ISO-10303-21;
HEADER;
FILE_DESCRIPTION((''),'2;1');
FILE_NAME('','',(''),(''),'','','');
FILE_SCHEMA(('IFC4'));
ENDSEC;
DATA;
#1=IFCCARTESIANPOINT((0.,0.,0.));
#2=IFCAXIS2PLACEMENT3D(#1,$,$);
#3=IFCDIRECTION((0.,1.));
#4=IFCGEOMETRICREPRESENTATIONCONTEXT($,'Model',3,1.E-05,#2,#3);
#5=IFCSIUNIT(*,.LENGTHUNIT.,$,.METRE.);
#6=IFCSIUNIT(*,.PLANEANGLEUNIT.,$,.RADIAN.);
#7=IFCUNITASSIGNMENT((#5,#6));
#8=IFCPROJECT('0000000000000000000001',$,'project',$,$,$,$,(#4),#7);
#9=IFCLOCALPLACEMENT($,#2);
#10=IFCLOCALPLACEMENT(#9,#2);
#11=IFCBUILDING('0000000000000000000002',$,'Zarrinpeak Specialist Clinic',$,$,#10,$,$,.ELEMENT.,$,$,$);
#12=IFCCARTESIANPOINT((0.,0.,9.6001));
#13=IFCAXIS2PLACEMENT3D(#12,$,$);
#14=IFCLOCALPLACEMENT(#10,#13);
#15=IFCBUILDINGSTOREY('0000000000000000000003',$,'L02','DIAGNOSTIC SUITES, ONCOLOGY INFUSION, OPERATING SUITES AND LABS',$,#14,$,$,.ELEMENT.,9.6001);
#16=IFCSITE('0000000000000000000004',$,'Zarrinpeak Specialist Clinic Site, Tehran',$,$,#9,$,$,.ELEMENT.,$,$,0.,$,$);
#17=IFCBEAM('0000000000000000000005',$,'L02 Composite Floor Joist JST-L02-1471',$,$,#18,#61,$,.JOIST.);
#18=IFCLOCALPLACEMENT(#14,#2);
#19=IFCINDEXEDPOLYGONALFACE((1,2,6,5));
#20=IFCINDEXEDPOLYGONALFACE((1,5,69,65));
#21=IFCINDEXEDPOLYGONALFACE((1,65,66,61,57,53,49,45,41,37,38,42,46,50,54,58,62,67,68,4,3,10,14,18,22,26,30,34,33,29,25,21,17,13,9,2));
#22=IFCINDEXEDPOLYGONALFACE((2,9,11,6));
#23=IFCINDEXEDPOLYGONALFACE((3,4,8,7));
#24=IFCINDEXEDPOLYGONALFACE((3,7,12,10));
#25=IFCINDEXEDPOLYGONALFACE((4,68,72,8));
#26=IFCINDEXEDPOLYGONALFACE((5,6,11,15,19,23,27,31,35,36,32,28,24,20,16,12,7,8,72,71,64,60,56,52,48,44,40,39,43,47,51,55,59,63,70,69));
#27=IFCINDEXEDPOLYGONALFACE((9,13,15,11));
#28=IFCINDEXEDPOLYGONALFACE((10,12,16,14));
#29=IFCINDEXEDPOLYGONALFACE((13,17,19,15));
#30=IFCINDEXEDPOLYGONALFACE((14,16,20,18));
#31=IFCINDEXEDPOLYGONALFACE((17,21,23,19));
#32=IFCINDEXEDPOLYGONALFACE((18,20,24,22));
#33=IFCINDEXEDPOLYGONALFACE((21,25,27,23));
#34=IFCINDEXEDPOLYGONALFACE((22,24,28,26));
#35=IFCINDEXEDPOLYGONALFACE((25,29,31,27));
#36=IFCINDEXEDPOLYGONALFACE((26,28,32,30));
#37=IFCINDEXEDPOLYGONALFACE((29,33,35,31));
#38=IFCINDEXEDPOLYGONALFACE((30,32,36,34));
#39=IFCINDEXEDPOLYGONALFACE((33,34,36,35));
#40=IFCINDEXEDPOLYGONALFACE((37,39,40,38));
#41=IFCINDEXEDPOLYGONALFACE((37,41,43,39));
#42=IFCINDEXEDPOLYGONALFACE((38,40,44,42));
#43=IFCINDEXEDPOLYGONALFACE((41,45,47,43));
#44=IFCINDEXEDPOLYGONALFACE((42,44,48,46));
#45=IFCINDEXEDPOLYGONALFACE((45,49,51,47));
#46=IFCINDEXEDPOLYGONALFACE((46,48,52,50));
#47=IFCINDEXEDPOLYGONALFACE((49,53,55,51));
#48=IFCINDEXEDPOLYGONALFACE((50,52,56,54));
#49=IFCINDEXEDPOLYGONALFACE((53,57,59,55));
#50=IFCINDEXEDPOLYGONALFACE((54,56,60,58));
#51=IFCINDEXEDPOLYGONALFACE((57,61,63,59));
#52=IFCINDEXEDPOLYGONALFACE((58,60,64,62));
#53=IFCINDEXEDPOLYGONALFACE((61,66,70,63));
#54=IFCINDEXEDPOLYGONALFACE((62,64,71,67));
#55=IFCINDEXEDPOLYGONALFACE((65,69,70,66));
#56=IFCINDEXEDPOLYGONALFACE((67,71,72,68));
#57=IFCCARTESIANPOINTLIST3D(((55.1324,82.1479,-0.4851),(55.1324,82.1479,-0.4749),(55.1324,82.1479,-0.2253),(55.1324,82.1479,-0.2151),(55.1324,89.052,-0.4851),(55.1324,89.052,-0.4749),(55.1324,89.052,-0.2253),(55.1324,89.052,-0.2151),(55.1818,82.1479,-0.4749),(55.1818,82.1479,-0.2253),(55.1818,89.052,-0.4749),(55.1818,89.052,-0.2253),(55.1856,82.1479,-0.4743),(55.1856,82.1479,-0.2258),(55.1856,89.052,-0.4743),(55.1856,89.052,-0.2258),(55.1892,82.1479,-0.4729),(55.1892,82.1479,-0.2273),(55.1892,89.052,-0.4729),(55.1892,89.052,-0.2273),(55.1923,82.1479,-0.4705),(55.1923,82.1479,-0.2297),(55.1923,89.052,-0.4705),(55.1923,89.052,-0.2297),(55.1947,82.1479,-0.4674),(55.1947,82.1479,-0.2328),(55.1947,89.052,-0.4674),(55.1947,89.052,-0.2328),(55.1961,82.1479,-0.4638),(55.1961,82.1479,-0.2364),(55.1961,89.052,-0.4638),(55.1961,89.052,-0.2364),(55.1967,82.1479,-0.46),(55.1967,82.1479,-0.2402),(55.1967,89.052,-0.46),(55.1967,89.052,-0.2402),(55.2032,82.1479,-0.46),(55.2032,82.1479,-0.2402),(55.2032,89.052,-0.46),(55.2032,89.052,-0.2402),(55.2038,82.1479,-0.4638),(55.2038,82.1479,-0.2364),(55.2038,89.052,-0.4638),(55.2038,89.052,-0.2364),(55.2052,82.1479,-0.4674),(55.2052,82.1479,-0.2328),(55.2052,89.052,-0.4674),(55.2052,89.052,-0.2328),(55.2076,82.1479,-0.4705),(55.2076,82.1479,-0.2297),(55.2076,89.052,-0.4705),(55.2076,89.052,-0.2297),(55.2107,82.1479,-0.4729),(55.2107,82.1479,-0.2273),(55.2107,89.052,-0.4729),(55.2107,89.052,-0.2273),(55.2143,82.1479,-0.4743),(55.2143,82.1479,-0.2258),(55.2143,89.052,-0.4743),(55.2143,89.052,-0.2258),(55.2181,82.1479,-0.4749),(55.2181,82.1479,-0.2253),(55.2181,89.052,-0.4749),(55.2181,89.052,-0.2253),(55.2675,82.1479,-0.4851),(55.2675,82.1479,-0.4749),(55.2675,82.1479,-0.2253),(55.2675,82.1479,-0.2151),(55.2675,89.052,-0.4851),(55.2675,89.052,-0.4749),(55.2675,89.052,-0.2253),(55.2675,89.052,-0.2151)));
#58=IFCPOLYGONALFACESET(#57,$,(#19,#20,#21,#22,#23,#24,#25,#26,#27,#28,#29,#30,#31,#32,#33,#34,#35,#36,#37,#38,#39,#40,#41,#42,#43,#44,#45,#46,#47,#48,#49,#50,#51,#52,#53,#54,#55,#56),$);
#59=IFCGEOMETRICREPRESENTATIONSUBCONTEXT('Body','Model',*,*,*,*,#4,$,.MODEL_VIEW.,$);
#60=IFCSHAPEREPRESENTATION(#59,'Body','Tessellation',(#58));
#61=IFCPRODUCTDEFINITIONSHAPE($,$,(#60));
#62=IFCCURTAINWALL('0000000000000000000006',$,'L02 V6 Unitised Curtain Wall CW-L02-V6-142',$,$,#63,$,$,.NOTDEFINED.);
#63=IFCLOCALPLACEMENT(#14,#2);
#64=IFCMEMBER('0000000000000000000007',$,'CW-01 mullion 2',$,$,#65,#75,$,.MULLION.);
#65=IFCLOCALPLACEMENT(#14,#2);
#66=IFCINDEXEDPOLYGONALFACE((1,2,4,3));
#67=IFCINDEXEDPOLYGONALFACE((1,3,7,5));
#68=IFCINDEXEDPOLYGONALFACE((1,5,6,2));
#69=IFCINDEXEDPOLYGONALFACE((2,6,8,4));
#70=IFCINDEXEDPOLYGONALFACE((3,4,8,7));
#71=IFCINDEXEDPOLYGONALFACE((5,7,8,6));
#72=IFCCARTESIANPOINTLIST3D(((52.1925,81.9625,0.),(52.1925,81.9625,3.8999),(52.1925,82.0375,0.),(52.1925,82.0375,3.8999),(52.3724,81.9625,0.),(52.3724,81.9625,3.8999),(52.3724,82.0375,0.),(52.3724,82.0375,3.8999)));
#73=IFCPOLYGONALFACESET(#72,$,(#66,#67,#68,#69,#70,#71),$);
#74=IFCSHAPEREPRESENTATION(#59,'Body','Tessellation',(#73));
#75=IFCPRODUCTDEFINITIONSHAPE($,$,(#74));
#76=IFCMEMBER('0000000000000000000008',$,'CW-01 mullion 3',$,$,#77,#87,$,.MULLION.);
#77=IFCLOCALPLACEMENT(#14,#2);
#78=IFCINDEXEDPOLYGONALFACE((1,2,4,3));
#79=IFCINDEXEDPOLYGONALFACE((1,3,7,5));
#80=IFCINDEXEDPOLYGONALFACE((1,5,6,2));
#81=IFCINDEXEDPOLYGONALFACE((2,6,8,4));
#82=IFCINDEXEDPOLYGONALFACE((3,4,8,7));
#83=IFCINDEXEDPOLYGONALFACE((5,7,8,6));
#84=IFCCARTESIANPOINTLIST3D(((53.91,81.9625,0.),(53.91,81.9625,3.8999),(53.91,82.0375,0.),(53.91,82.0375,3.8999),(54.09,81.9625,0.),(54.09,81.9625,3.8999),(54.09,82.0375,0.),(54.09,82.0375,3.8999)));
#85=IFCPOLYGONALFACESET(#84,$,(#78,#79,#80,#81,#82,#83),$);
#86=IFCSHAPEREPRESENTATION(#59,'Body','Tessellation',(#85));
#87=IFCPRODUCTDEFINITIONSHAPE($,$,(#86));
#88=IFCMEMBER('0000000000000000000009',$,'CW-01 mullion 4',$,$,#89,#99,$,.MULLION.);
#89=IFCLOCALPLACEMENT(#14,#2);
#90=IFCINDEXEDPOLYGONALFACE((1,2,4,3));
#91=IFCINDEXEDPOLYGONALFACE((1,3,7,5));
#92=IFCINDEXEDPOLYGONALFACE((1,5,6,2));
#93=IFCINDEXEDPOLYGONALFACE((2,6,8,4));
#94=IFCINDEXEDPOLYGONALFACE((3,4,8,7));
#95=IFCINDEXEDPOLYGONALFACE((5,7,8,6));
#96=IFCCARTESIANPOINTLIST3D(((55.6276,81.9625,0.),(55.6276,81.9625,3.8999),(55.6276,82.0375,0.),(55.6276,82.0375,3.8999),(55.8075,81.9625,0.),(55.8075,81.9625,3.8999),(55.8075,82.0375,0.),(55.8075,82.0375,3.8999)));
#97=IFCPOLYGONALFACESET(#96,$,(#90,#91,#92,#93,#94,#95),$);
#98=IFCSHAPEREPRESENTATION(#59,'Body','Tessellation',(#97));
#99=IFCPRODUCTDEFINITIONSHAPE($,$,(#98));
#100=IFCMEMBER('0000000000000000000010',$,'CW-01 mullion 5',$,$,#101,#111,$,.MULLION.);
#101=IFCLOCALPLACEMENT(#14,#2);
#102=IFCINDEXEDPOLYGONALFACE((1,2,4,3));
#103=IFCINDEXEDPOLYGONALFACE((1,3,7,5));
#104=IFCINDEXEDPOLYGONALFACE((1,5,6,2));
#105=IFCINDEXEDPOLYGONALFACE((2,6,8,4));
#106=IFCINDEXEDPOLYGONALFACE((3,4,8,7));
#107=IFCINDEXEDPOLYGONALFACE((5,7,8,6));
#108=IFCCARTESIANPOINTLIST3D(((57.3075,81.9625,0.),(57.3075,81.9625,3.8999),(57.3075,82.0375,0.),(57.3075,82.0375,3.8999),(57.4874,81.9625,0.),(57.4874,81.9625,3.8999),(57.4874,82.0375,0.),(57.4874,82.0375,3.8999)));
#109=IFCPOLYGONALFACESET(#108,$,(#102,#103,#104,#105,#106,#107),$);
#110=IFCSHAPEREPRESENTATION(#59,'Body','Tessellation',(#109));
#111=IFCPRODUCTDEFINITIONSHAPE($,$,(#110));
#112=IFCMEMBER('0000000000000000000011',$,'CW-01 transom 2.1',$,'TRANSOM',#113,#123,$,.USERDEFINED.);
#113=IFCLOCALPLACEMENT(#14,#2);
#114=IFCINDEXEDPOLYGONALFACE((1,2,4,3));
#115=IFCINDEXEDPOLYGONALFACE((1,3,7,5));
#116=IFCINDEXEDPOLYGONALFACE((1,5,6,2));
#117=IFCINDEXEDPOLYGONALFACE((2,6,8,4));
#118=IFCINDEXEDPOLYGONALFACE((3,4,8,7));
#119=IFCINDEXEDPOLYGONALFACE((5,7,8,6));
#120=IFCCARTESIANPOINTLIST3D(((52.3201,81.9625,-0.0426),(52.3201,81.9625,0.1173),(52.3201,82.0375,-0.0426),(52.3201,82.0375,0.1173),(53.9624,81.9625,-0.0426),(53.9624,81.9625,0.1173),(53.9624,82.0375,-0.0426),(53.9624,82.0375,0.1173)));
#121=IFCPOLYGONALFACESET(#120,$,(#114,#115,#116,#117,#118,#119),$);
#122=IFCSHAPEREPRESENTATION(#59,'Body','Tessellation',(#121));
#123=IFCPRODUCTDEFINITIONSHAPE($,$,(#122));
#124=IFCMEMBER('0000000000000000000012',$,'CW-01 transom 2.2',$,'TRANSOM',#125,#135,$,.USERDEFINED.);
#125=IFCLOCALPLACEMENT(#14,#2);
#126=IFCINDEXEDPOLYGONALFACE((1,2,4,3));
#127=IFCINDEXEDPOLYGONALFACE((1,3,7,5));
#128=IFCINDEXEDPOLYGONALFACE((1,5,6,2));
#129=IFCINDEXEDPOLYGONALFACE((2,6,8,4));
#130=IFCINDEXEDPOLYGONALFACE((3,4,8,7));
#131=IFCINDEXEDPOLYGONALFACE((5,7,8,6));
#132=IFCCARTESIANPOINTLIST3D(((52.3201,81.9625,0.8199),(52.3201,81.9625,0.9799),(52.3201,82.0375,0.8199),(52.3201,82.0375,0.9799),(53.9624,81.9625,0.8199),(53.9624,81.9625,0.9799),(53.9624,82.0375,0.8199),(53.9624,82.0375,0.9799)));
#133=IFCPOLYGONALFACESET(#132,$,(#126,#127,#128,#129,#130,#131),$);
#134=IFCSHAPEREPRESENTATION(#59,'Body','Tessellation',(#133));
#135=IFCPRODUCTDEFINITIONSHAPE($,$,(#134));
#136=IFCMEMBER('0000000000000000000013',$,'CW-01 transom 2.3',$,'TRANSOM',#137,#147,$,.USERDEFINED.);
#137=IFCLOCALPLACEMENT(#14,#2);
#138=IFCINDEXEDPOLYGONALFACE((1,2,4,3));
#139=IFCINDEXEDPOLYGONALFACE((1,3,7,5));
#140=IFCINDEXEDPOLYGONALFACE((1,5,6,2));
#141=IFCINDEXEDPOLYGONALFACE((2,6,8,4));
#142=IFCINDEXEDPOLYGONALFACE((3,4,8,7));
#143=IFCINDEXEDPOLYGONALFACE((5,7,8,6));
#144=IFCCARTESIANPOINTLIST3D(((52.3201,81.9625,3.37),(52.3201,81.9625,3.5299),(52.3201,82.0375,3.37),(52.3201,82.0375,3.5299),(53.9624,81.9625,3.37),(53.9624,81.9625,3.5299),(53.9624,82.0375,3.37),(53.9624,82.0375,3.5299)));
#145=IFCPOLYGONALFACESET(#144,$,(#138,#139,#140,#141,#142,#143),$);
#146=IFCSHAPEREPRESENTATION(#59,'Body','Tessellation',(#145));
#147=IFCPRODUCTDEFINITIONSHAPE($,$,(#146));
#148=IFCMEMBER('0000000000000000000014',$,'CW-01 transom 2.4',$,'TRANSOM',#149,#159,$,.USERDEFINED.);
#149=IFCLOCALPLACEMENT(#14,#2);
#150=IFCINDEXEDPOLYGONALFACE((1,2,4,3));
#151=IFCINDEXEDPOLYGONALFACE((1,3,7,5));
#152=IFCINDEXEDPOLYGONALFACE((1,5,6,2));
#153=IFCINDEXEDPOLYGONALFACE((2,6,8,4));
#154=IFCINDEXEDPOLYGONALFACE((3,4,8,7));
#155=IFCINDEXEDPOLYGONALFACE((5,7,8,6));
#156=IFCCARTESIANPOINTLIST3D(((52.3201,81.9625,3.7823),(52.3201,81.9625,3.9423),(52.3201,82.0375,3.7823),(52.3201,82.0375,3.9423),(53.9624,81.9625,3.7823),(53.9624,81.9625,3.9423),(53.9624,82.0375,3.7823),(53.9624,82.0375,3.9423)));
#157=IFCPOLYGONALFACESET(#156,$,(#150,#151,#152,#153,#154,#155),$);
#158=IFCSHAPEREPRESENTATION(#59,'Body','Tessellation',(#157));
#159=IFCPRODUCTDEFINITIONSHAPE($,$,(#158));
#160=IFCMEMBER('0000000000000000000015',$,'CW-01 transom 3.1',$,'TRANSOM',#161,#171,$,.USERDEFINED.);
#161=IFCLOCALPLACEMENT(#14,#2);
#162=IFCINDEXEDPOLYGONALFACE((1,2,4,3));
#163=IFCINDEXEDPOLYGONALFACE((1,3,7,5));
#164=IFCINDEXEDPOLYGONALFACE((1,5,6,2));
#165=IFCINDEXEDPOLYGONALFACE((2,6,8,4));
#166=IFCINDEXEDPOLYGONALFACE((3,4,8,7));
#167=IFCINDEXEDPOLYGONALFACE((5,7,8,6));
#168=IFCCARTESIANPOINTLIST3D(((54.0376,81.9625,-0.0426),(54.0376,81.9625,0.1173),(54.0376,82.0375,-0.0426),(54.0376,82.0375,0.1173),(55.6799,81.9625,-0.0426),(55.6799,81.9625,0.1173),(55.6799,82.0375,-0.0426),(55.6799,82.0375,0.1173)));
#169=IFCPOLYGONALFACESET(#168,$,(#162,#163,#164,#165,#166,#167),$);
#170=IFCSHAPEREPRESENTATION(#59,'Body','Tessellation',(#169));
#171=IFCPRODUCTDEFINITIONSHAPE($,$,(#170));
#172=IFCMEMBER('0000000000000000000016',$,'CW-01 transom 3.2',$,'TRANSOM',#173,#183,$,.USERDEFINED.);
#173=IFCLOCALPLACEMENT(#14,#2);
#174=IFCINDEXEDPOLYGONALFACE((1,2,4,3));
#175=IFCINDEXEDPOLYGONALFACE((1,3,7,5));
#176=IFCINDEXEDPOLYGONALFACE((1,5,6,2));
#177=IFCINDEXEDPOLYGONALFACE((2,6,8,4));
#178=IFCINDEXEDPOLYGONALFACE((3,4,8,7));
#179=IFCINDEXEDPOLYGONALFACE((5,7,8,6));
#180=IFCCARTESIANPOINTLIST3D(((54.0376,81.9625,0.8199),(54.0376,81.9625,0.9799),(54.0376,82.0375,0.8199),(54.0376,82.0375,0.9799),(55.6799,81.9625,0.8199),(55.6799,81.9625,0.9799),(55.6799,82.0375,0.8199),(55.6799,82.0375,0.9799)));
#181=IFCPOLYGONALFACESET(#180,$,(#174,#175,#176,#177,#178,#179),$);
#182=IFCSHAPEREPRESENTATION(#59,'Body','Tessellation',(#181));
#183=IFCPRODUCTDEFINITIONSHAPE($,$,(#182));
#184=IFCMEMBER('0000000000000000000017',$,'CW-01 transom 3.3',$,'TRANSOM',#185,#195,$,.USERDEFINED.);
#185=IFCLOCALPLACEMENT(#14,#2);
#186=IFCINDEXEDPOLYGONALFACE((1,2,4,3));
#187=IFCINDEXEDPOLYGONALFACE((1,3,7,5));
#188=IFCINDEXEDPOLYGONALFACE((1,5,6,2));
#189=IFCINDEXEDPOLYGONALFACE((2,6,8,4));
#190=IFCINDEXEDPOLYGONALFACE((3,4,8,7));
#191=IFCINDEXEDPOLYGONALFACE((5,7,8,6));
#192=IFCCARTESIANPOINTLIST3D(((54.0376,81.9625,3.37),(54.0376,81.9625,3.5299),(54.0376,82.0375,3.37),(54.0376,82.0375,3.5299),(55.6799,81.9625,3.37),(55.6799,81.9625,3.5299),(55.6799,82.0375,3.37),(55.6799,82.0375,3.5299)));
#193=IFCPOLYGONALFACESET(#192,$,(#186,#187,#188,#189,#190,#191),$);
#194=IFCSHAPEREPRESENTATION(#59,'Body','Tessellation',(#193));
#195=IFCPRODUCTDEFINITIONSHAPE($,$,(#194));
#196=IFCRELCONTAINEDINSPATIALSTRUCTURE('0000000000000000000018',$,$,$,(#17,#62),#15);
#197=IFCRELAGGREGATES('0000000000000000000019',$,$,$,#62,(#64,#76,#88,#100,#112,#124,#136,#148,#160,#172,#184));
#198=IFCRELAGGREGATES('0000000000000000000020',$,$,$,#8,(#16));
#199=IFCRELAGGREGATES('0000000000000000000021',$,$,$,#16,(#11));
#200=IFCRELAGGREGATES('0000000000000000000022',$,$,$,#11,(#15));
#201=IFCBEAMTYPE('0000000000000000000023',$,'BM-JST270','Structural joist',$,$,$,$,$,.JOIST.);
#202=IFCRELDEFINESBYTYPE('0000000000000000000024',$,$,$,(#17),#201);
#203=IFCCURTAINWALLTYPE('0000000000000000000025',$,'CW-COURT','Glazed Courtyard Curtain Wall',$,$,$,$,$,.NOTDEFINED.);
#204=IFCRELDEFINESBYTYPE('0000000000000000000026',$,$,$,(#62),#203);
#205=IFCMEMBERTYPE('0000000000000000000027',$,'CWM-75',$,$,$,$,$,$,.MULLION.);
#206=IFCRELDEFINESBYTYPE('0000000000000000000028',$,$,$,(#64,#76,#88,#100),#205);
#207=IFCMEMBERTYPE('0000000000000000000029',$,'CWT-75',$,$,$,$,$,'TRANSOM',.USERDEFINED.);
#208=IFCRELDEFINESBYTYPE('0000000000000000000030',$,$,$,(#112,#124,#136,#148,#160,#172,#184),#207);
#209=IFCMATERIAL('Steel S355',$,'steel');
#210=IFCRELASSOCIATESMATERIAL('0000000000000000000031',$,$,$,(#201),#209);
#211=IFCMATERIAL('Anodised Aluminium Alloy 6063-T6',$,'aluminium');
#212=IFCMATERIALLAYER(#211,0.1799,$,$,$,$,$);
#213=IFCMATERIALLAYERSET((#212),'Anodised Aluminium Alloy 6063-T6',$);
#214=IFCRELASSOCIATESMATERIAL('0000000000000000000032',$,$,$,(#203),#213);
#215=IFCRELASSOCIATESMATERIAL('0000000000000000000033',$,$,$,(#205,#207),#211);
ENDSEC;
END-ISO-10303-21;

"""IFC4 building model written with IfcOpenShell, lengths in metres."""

from ifc_helpers import new_model, si_unit, direction, frame, origin, origin_2d, place, context, subcontext, project, spatial, rectangle, i_section, extrude, material, layer, layer_set, material_profile, profile_set, type_object, element, aggregate, save


model = new_model("IFC4")

# Units and contexts
model_context = context("Model", 3, precision=1e-05, world=origin(), true_north=direction((0.0, 1.0)))
body_context = subcontext(model_context, "Body", "Model", "MODEL_VIEW")
ifc_project = project(units=[si_unit("LENGTHUNIT", "METRE"), si_unit("PLANEANGLEUNIT", "RADIAN")], contexts=[model_context])

# Site, building, storey
site_placement = place(None, origin())
site = spatial("IfcSite", under=ifc_project, at=site_placement, Name="Zarrinpeak Specialist Clinic Site, Tehran", CompositionType="ELEMENT", RefElevation=0.0)
building_placement = place(site_placement, origin())
building = spatial("IfcBuilding", under=site, at=building_placement, Name="Zarrinpeak Specialist Clinic", CompositionType="ELEMENT")
storey_placement = place(building_placement, frame((0.0, 0.0, 9.6001)))
storey = spatial("IfcBuildingStorey", under=building, at=storey_placement, Name="L02", Description="DIAGNOSTIC SUITES, ONCOLOGY INFUSION, OPERATING SUITES AND LABS", CompositionType="ELEMENT", Elevation=9.6001)

# Shared definitions
ifc_material_1 = material(Name="Steel S355", Category="steel")

# Beam
ifc_material_profile_1 = material_profile(ifc_material_1, i_section(OverallWidth=0.135, OverallDepth=0.27, WebThickness=0.0066, FlangeThickness=0.0103, FilletRadius=0.0149, at=origin_2d()), Name="IPE 270")
ifc_profile_set_1 = profile_set([ifc_material_profile_1], Name="Steel S355")
beam_type_1 = type_object("IfcBeamType", Name="BM-JST270", Description="Structural joist", PredefinedType="JOIST", material=ifc_profile_set_1)
for number, where, z_axis, x_axis, name in (
    (1, (55.2, 82.1479, -0.3501), (0.0, 1.0, 0.0), (-1.0, 0.0, 0.0), "L02 Composite Floor Joist JST-L02-1471"),
):
    element("IfcBeam", number, at=place(storey_placement, frame(where, z_axis=z_axis, x_axis=x_axis)), inside=storey, type_object=beam_type_1, Name=name, PredefinedType="JOIST", context=body_context, shape_type="SweptSolid", body=[
        extrude(i_section(OverallWidth=0.135, OverallDepth=0.27, WebThickness=0.0066, FlangeThickness=0.0103, FilletRadius=0.0149, at=origin_2d()), origin(), (0.0, 0.0, 1.0), 6.9041),
    ])

# Curtain wall, members
ifc_material_2 = material(Name="Anodised Aluminium Alloy 6063-T6", Category="aluminium")
ifc_layer_1 = layer(ifc_material_2, 0.1799)
ifc_layer_set_1 = layer_set([ifc_layer_1], Name="Anodised Aluminium Alloy 6063-T6")
curtain_wall_type = type_object("IfcCurtainWallType", Name="CW-COURT", Description="Glazed Courtyard Curtain Wall", PredefinedType="NOTDEFINED", material=ifc_layer_set_1)
curtain_wall_placement = place(storey_placement, origin())
curtain_wall = element("IfcCurtainWall", 2, at=curtain_wall_placement, inside=storey, type_object=curtain_wall_type, Name="L02 V6 Unitised Curtain Wall CW-L02-V6-142", PredefinedType="NOTDEFINED")
ifc_material_profile_2 = material_profile(ifc_material_2, rectangle(XDim=0.075, YDim=0.1799, at=origin_2d()), Name="ALU 75x180")
ifc_profile_set_2 = profile_set([ifc_material_profile_2], Name="Anodised Aluminium Alloy 6063-T6")
member_type_1 = type_object("IfcMemberType", Name="CWM-75", PredefinedType="MULLION", material=ifc_profile_set_2)
member_1_placement = place(storey_placement, frame((52.2825, 82.0, 0.0), z_axis=(0.0, 0.0, 1.0), x_axis=(0.0, 1.0, 0.0)))
member_1 = element("IfcMember", 3, at=member_1_placement, type_object=member_type_1, Name="CW-01 mullion 2", PredefinedType="MULLION", context=body_context, shape_type="SweptSolid", body=[
    extrude(rectangle(XDim=0.075, YDim=0.1799, at=origin_2d()), origin(), (0.0, 0.0, 1.0), 3.8999),
])
member_2_placement = place(storey_placement, frame((54.0, 82.0, 0.0), z_axis=(0.0, 0.0, 1.0), x_axis=(0.0, 1.0, 0.0)))
member_2 = element("IfcMember", 4, at=member_2_placement, type_object=member_type_1, Name="CW-01 mullion 3", PredefinedType="MULLION", context=body_context, shape_type="SweptSolid", body=[
    extrude(rectangle(XDim=0.075, YDim=0.1799, at=origin_2d()), origin(), (0.0, 0.0, 1.0), 3.8999),
])
member_3_placement = place(storey_placement, frame((55.7175, 82.0, 0.0), z_axis=(0.0, 0.0, 1.0), x_axis=(0.0, 1.0, 0.0)))
member_3 = element("IfcMember", 5, at=member_3_placement, type_object=member_type_1, Name="CW-01 mullion 4", PredefinedType="MULLION", context=body_context, shape_type="SweptSolid", body=[
    extrude(rectangle(XDim=0.075, YDim=0.1799, at=origin_2d()), origin(), (0.0, 0.0, 1.0), 3.8999),
])
member_4_placement = place(storey_placement, frame((57.3975, 82.0, 0.0), z_axis=(0.0, 0.0, 1.0), x_axis=(0.0, 1.0, 0.0)))
member_4 = element("IfcMember", 6, at=member_4_placement, type_object=member_type_1, Name="CW-01 mullion 5", PredefinedType="MULLION", context=body_context, shape_type="SweptSolid", body=[
    extrude(rectangle(XDim=0.075, YDim=0.1799, at=origin_2d()), origin(), (0.0, 0.0, 1.0), 3.8999),
])
ifc_material_profile_3 = material_profile(ifc_material_2, rectangle(XDim=0.075, YDim=0.1599, at=origin_2d()), Name="ALU 75x160")
ifc_profile_set_3 = profile_set([ifc_material_profile_3], Name="Anodised Aluminium Alloy 6063-T6")
member_type_2 = type_object("IfcMemberType", Name="CWT-75", ElementType="TRANSOM", PredefinedType="USERDEFINED", material=ifc_profile_set_3)
member_5_placement = place(storey_placement, frame((52.3201, 82.0, 0.0374), z_axis=(1.0, 0.0, 0.0), x_axis=(0.0, 1.0, 0.0)))
member_5 = element("IfcMember", 7, at=member_5_placement, type_object=member_type_2, Name="CW-01 transom 2.1", ObjectType="TRANSOM", PredefinedType="USERDEFINED", context=body_context, shape_type="SweptSolid", body=[
    extrude(rectangle(XDim=0.075, YDim=0.1599, at=origin_2d()), origin(), (0.0, 0.0, 1.0), 1.6423),
])
member_6_placement = place(storey_placement, frame((52.3201, 82.0, 0.8999), z_axis=(1.0, 0.0, 0.0), x_axis=(0.0, 1.0, 0.0)))
member_6 = element("IfcMember", 8, at=member_6_placement, type_object=member_type_2, Name="CW-01 transom 2.2", ObjectType="TRANSOM", PredefinedType="USERDEFINED", context=body_context, shape_type="SweptSolid", body=[
    extrude(rectangle(XDim=0.075, YDim=0.1599, at=origin_2d()), origin(), (0.0, 0.0, 1.0), 1.6423),
])
member_7_placement = place(storey_placement, frame((52.3201, 82.0, 3.45), z_axis=(1.0, 0.0, 0.0), x_axis=(0.0, 1.0, 0.0)))
member_7 = element("IfcMember", 9, at=member_7_placement, type_object=member_type_2, Name="CW-01 transom 2.3", ObjectType="TRANSOM", PredefinedType="USERDEFINED", context=body_context, shape_type="SweptSolid", body=[
    extrude(rectangle(XDim=0.075, YDim=0.1599, at=origin_2d()), origin(), (0.0, 0.0, 1.0), 1.6423),
])
member_8_placement = place(storey_placement, frame((52.3201, 82.0, 3.8623), z_axis=(1.0, 0.0, 0.0), x_axis=(0.0, 1.0, 0.0)))
member_8 = element("IfcMember", 10, at=member_8_placement, type_object=member_type_2, Name="CW-01 transom 2.4", ObjectType="TRANSOM", PredefinedType="USERDEFINED", context=body_context, shape_type="SweptSolid", body=[
    extrude(rectangle(XDim=0.075, YDim=0.1599, at=origin_2d()), origin(), (0.0, 0.0, 1.0), 1.6423),
])
member_9_placement = place(storey_placement, frame((54.0376, 82.0, 0.0374), z_axis=(1.0, 0.0, 0.0), x_axis=(0.0, 1.0, 0.0)))
member_9 = element("IfcMember", 11, at=member_9_placement, type_object=member_type_2, Name="CW-01 transom 3.1", ObjectType="TRANSOM", PredefinedType="USERDEFINED", context=body_context, shape_type="SweptSolid", body=[
    extrude(rectangle(XDim=0.075, YDim=0.1599, at=origin_2d()), origin(), (0.0, 0.0, 1.0), 1.6423),
])
member_10_placement = place(storey_placement, frame((54.0376, 82.0, 0.8999), z_axis=(1.0, 0.0, 0.0), x_axis=(0.0, 1.0, 0.0)))
member_10 = element("IfcMember", 12, at=member_10_placement, type_object=member_type_2, Name="CW-01 transom 3.2", ObjectType="TRANSOM", PredefinedType="USERDEFINED", context=body_context, shape_type="SweptSolid", body=[
    extrude(rectangle(XDim=0.075, YDim=0.1599, at=origin_2d()), origin(), (0.0, 0.0, 1.0), 1.6423),
])
member_11_placement = place(storey_placement, frame((54.0376, 82.0, 3.45), z_axis=(1.0, 0.0, 0.0), x_axis=(0.0, 1.0, 0.0)))
member_11 = element("IfcMember", 13, at=member_11_placement, type_object=member_type_2, Name="CW-01 transom 3.3", ObjectType="TRANSOM", PredefinedType="USERDEFINED", context=body_context, shape_type="SweptSolid", body=[
    extrude(rectangle(XDim=0.075, YDim=0.1599, at=origin_2d()), origin(), (0.0, 0.0, 1.0), 1.6423),
])
aggregate(curtain_wall, [member_1, member_2, member_3, member_4, member_5, member_6, member_7, member_8, member_9, member_10, member_11])

save(model, "model.ifc")
